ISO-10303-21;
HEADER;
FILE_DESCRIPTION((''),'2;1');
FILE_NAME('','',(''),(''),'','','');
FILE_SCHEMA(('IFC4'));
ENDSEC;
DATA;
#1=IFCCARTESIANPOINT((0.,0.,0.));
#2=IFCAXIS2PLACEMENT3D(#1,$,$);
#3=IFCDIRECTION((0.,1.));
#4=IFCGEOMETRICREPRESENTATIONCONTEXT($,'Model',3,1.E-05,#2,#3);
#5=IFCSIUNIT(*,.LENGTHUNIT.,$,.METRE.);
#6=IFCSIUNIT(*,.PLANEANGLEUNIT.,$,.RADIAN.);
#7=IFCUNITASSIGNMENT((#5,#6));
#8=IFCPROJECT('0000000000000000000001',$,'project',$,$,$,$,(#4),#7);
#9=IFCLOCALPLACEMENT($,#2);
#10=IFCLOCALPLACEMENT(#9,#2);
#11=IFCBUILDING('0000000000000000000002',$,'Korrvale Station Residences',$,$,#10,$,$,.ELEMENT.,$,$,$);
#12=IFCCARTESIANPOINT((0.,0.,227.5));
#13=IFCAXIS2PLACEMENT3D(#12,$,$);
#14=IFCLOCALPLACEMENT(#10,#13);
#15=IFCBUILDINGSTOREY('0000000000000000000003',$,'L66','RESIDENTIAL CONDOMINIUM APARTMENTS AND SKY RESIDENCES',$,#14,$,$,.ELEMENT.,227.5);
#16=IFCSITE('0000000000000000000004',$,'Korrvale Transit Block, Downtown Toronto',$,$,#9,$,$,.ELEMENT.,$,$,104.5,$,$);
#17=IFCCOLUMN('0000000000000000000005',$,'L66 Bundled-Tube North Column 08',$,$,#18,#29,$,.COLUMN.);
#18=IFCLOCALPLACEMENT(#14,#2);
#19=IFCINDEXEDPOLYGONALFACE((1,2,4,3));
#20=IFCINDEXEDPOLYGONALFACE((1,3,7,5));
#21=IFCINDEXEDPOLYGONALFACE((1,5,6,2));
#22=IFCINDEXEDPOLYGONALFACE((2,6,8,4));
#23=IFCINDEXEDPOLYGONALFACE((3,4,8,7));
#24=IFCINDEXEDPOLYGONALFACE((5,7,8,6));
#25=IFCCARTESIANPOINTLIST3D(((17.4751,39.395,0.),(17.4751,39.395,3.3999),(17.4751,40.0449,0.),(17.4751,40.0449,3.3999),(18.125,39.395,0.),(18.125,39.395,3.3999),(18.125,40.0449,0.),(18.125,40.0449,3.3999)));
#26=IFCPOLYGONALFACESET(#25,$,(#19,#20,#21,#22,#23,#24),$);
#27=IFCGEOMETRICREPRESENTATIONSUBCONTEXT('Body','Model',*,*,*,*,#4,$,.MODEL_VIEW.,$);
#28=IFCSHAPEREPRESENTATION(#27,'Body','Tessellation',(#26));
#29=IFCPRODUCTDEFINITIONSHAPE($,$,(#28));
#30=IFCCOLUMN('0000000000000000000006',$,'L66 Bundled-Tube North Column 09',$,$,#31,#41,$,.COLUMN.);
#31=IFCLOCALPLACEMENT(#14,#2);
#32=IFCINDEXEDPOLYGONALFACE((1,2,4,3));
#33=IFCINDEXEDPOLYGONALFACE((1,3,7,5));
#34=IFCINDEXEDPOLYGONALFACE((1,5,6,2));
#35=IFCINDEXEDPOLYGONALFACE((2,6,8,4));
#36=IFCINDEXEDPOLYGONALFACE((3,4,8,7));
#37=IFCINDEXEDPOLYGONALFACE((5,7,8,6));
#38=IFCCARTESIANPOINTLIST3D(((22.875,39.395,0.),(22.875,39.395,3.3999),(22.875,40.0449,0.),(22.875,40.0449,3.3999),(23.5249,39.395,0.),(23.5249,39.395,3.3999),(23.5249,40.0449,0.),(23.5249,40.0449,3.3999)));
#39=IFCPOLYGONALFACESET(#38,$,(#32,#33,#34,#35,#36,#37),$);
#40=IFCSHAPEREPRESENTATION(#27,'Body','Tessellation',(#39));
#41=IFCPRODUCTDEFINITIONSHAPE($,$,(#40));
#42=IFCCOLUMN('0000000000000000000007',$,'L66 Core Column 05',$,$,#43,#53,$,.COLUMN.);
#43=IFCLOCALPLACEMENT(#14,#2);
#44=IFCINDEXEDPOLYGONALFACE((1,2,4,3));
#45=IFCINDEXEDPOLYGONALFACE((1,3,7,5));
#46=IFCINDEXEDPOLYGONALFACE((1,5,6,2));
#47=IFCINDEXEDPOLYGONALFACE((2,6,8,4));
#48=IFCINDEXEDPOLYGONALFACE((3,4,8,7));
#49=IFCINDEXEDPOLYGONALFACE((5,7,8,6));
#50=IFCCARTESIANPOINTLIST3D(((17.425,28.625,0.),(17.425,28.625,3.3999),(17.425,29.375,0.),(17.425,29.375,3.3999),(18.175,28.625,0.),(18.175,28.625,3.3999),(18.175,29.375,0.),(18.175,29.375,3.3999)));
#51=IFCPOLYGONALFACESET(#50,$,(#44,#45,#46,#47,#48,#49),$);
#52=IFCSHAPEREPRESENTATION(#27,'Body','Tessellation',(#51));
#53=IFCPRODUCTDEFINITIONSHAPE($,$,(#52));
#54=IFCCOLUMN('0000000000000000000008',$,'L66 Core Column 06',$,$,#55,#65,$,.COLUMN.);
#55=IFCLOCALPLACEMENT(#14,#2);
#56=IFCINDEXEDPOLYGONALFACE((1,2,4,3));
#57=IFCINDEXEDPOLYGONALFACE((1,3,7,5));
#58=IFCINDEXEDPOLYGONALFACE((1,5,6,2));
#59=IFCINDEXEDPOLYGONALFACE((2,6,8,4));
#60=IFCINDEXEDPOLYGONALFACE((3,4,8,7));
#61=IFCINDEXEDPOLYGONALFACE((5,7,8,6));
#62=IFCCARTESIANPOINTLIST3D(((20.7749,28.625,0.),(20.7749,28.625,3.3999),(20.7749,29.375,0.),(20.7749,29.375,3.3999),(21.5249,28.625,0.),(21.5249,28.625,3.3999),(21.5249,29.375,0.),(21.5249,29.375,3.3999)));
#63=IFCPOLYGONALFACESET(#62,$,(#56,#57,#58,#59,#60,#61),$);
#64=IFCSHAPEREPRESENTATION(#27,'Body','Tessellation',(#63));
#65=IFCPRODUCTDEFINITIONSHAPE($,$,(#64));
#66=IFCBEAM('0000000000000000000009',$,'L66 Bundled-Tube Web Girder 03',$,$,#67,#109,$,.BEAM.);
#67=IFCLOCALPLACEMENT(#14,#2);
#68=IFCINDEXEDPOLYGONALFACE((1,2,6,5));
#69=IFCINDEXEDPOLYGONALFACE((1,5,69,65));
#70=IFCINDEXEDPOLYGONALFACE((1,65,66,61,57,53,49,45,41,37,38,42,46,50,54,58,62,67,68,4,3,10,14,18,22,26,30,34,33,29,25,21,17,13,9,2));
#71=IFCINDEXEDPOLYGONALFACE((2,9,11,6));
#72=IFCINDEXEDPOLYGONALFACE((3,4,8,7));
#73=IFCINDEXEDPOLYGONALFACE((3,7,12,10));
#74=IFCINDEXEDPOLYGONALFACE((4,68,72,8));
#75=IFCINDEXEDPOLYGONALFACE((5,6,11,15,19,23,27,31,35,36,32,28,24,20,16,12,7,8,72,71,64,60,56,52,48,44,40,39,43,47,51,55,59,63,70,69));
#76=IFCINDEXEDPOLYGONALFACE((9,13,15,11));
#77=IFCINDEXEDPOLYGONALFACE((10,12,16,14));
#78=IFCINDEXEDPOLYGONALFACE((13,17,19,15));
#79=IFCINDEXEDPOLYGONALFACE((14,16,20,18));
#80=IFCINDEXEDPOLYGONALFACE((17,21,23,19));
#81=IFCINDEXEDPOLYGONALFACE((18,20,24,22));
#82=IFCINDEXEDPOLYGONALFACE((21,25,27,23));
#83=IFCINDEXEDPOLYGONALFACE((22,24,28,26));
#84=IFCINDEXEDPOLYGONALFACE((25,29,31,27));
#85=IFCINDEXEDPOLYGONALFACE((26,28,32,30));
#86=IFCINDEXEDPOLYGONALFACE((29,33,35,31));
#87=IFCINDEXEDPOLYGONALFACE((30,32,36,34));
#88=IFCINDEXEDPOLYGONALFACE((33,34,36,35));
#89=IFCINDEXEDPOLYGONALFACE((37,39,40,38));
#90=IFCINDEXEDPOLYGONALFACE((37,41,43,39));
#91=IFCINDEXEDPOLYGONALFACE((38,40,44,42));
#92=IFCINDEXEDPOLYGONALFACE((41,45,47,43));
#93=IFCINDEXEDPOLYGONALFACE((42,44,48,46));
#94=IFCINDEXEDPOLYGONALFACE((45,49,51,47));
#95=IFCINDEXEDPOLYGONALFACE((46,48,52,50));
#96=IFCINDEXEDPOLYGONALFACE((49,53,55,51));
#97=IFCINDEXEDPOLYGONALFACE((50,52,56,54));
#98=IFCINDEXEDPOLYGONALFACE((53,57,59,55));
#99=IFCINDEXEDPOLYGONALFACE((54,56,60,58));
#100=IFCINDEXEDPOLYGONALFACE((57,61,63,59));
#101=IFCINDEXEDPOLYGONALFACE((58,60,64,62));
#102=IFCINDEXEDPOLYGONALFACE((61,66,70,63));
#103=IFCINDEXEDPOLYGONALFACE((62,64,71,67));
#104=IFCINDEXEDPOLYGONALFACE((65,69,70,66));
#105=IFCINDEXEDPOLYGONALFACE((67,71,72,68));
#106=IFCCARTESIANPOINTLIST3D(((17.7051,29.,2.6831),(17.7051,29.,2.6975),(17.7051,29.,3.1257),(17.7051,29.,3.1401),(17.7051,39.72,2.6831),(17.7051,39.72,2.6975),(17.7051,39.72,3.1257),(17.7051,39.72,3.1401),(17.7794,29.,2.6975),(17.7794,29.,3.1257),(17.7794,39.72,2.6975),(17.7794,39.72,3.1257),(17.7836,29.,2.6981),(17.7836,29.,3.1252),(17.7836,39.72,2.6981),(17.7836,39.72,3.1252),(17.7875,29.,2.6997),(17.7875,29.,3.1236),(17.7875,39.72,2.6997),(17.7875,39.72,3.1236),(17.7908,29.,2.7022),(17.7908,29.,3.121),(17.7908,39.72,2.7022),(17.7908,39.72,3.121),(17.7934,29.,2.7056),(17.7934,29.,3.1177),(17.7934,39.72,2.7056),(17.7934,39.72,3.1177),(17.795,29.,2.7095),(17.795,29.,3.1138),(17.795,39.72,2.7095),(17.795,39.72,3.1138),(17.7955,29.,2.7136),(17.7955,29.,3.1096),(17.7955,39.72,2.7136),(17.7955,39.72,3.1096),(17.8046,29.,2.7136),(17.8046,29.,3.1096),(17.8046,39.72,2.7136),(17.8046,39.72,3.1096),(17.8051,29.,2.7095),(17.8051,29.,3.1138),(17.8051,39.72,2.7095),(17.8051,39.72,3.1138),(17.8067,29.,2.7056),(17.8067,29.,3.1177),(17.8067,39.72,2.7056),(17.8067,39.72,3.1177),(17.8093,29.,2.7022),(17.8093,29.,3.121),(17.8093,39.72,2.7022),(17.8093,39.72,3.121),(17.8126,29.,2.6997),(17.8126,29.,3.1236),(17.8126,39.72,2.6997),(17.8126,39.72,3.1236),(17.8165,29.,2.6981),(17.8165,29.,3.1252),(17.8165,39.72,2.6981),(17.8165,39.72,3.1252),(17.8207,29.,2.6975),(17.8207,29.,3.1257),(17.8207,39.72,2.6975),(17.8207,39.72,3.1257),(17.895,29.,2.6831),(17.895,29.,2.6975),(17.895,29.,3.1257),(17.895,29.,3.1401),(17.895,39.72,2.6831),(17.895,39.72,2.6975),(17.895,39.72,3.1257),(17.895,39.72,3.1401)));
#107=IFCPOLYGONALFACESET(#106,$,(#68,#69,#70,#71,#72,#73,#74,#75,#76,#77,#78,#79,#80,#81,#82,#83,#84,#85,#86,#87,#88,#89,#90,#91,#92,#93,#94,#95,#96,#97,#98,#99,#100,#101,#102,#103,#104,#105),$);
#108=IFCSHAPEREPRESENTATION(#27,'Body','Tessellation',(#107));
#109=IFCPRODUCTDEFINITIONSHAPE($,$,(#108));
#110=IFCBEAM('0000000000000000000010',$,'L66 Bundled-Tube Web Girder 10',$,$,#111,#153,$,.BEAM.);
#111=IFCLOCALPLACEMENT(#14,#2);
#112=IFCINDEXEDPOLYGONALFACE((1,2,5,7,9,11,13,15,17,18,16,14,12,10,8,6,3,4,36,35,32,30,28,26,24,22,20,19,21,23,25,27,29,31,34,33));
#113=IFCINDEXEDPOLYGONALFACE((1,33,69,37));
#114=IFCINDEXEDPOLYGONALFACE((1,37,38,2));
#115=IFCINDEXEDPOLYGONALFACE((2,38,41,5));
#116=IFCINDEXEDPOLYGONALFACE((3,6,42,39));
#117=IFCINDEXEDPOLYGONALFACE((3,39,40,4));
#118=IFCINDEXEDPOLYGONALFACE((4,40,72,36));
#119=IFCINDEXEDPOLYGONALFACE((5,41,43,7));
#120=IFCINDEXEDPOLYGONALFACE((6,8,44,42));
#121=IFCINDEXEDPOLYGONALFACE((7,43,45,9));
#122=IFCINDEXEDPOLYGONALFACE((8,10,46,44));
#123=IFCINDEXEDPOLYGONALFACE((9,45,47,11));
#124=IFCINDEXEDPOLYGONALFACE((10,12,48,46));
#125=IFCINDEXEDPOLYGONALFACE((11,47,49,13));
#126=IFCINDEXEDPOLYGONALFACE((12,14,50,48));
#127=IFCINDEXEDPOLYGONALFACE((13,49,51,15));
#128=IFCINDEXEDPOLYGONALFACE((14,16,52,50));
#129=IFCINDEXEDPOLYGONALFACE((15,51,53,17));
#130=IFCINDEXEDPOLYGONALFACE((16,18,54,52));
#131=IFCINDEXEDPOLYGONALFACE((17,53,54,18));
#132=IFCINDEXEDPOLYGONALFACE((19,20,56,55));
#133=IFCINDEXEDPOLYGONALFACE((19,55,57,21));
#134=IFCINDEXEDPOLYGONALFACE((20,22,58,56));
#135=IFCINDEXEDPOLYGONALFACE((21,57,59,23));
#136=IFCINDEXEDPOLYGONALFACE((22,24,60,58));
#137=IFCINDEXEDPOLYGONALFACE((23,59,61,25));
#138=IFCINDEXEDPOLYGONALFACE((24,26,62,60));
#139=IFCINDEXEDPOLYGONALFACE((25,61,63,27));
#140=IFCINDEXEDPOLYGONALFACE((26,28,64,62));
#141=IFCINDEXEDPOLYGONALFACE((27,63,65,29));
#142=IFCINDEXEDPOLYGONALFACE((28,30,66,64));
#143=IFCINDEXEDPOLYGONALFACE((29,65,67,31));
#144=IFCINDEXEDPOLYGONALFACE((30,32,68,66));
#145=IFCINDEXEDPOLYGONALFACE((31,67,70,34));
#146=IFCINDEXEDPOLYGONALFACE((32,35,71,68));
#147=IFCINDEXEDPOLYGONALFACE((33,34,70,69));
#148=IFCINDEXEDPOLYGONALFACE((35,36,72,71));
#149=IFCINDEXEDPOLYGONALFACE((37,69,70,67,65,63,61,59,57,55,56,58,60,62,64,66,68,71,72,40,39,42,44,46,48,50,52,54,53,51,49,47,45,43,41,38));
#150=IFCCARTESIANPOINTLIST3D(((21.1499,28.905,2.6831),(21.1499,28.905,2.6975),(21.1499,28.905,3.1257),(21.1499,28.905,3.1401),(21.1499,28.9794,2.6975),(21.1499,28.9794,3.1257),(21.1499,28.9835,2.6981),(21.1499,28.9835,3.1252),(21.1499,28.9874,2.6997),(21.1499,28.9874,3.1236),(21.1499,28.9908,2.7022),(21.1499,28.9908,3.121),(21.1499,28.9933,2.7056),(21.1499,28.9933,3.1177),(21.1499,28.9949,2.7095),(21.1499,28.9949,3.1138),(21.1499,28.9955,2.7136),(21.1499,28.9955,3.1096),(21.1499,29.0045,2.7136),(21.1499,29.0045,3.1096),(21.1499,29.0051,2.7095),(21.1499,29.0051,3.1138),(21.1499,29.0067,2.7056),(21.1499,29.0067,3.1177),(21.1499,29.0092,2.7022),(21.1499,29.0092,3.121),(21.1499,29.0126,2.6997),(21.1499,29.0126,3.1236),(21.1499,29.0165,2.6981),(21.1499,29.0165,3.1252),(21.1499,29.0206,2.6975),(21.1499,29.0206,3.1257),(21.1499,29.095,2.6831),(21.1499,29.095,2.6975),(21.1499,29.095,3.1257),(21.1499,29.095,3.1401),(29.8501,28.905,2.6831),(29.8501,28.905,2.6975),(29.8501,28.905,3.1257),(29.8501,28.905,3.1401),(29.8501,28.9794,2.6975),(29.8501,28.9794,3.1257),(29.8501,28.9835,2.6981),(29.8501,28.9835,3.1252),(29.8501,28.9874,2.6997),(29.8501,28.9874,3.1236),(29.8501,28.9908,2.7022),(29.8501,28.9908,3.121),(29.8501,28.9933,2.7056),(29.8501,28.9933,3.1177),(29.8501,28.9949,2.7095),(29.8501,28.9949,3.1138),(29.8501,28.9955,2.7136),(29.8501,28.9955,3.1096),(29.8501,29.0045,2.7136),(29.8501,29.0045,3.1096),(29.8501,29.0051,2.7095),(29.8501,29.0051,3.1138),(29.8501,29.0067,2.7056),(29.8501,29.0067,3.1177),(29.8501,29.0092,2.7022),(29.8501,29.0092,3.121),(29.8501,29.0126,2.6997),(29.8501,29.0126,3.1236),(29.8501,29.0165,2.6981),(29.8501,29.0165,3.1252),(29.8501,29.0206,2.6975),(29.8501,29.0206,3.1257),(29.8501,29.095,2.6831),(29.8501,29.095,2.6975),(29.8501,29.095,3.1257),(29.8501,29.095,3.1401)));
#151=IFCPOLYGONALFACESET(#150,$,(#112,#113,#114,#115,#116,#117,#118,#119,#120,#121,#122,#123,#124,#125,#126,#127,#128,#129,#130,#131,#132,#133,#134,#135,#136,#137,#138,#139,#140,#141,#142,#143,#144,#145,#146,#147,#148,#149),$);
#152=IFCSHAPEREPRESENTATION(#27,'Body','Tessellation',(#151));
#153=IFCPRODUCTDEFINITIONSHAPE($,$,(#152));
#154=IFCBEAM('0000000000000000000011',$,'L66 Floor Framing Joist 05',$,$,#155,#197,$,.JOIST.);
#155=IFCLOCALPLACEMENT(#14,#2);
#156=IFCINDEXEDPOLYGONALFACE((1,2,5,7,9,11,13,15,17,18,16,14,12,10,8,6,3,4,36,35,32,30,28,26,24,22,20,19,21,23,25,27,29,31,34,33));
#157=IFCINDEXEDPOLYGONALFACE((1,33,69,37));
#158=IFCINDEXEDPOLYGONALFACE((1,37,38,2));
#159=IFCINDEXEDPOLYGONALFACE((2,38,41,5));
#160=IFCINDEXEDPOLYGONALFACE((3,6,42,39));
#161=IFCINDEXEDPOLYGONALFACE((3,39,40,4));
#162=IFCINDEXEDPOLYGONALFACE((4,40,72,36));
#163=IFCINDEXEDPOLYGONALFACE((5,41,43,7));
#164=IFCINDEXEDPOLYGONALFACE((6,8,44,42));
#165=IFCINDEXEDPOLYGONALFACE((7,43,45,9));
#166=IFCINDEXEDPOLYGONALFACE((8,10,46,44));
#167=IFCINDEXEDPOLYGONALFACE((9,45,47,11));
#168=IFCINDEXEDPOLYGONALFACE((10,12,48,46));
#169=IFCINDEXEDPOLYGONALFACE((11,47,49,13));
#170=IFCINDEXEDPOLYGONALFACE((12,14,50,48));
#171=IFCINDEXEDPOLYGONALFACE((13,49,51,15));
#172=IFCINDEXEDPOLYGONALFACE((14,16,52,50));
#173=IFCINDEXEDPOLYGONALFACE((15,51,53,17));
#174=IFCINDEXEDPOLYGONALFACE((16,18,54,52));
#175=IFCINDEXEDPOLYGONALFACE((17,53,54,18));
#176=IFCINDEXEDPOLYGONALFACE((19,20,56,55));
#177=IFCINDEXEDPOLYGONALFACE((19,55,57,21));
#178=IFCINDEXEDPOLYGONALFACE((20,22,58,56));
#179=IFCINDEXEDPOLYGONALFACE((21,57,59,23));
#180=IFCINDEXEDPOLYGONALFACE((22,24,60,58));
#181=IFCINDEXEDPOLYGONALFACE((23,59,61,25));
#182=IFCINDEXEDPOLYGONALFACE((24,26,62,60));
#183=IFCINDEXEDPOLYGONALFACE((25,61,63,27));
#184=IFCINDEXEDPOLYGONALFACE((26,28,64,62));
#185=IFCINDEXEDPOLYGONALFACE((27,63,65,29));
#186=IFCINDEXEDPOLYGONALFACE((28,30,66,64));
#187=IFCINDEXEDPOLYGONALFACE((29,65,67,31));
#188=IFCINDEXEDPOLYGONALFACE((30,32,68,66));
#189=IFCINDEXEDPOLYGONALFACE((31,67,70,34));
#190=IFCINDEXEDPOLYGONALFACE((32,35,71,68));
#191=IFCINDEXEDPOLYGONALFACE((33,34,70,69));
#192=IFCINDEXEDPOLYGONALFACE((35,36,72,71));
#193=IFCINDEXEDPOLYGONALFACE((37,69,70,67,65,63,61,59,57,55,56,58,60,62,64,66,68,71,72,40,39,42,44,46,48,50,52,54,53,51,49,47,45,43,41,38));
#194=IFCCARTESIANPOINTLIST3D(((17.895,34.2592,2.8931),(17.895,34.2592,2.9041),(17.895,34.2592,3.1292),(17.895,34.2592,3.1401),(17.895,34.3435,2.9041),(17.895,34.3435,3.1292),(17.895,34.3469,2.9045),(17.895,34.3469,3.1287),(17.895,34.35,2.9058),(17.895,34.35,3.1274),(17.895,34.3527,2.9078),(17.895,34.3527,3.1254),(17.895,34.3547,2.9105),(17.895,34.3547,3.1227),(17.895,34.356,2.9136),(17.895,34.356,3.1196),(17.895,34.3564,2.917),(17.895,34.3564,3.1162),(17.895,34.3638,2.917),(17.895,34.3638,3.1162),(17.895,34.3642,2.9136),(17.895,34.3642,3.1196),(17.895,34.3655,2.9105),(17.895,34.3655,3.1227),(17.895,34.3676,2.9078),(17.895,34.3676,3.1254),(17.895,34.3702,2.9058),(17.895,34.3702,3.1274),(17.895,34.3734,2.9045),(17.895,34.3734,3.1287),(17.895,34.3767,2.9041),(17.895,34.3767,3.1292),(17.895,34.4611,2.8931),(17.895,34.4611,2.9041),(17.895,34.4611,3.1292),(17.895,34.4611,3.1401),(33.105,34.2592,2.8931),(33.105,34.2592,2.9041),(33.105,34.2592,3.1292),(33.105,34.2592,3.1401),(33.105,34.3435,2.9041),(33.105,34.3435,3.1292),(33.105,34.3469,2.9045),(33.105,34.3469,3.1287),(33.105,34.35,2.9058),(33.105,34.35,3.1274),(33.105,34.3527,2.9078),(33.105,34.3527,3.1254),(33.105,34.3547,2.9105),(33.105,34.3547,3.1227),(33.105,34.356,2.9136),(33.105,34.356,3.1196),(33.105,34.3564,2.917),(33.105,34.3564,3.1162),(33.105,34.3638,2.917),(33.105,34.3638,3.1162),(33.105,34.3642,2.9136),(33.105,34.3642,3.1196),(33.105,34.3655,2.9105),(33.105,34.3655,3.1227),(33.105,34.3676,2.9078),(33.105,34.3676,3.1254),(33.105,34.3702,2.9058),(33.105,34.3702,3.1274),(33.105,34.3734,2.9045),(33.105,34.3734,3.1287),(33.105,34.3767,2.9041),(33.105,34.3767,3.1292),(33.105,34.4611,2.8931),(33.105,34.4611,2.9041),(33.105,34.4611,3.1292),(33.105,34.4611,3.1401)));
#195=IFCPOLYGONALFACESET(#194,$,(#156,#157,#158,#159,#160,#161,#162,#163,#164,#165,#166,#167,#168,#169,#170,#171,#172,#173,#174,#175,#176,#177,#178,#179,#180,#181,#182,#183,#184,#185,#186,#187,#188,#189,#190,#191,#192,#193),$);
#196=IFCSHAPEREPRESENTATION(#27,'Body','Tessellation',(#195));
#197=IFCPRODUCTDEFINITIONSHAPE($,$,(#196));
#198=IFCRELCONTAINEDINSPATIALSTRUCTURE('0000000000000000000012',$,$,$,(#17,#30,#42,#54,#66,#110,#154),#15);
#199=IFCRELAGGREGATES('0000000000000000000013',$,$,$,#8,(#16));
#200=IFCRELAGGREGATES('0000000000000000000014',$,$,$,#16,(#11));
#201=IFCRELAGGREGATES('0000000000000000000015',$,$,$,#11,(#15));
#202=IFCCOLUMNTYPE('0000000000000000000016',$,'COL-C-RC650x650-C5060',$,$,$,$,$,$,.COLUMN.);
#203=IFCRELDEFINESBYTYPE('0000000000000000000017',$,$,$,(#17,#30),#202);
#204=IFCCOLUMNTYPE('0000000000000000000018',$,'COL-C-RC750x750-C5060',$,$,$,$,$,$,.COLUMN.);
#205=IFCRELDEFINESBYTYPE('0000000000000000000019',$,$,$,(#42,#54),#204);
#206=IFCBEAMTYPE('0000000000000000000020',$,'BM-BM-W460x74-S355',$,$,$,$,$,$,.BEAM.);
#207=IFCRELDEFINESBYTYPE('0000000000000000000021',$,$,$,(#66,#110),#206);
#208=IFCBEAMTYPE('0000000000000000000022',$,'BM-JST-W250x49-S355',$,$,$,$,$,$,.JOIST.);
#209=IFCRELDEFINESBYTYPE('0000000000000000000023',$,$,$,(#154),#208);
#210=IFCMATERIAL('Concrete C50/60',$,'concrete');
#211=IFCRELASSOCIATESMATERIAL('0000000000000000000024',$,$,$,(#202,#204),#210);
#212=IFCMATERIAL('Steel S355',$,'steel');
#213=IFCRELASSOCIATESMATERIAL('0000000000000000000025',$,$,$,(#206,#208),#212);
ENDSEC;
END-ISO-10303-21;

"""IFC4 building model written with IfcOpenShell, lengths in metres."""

from ifc_helpers import new_model, si_unit, direction, frame, origin, origin_2d, place, context, subcontext, project, spatial, rectangle, i_section, extrude, material, material_profile, profile_set, type_object, element, save


model = new_model("IFC4")

# Units and contexts
model_context = context("Model", 3, precision=1e-05, world=origin(), true_north=direction((0.0, 1.0)))
body_context = subcontext(model_context, "Body", "Model", "MODEL_VIEW")
ifc_project = project(units=[si_unit("LENGTHUNIT", "METRE"), si_unit("PLANEANGLEUNIT", "RADIAN")], contexts=[model_context])

# Site, building, storey
site_placement = place(None, origin())
site = spatial("IfcSite", under=ifc_project, at=site_placement, Name="Korrvale Transit Block, Downtown Toronto", CompositionType="ELEMENT", RefElevation=104.5)
building_placement = place(site_placement, origin())
building = spatial("IfcBuilding", under=site, at=building_placement, Name="Korrvale Station Residences", CompositionType="ELEMENT")
storey_placement = place(building_placement, frame((0.0, 0.0, 227.5)))
storey = spatial("IfcBuildingStorey", under=building, at=storey_placement, Name="L66", Description="RESIDENTIAL CONDOMINIUM APARTMENTS AND SKY RESIDENCES", CompositionType="ELEMENT", Elevation=227.5)

# Columns
ifc_material_1 = material(Name="Concrete C50/60", Category="concrete")
ifc_material_profile_1 = material_profile(ifc_material_1, rectangle(XDim=0.6499, YDim=0.6499, at=origin_2d()), Name="RC650x650")
ifc_profile_set_1 = profile_set([ifc_material_profile_1], Name="Concrete C50/60")
column_type_1 = type_object("IfcColumnType", Name="COL-C-RC650x650-C5060", PredefinedType="COLUMN", material=ifc_profile_set_1)
for number, where, z_axis, x_axis, name in (
    (1, (17.8, 39.72, 0.0), (0.0, 0.0, 1.0), (1.0, 0.0, 0.0), "L66 Bundled-Tube North Column 08"),
    (2, (23.2, 39.72, 0.0), (0.0, 0.0, 1.0), (1.0, 0.0, 0.0), "L66 Bundled-Tube North Column 09"),
):
    element("IfcColumn", number, at=place(storey_placement, frame(where, z_axis=z_axis, x_axis=x_axis)), inside=storey, type_object=column_type_1, Name=name, PredefinedType="COLUMN", context=body_context, shape_type="SweptSolid", body=[
        extrude(rectangle(XDim=0.6499, YDim=0.6499, at=origin_2d()), origin(), (0.0, 0.0, 1.0), 3.3999),
    ])
ifc_material_profile_2 = material_profile(ifc_material_1, rectangle(XDim=0.75, YDim=0.75, at=origin_2d()), Name="RC750x750")
ifc_profile_set_2 = profile_set([ifc_material_profile_2], Name="Concrete C50/60")
column_type_2 = type_object("IfcColumnType", Name="COL-C-RC750x750-C5060", PredefinedType="COLUMN", material=ifc_profile_set_2)
for number, where, z_axis, x_axis, name in (
    (3, (17.8, 29.0, 0.0), (0.0, 0.0, 1.0), (1.0, 0.0, 0.0), "L66 Core Column 05"),
    (4, (21.1499, 29.0, 0.0), (0.0, 0.0, 1.0), (1.0, 0.0, 0.0), "L66 Core Column 06"),
):
    element("IfcColumn", number, at=place(storey_placement, frame(where, z_axis=z_axis, x_axis=x_axis)), inside=storey, type_object=column_type_2, Name=name, PredefinedType="COLUMN", context=body_context, shape_type="SweptSolid", body=[
        extrude(rectangle(XDim=0.75, YDim=0.75, at=origin_2d()), origin(), (0.0, 0.0, 1.0), 3.3999),
    ])

# Beams
ifc_material_2 = material(Name="Steel S355", Category="steel")
ifc_material_profile_3 = material_profile(ifc_material_2, i_section(OverallWidth=0.1899, OverallDepth=0.457, WebThickness=0.009, FlangeThickness=0.0144, FilletRadius=0.0161, at=origin_2d()), Name="W460x74")
ifc_profile_set_3 = profile_set([ifc_material_profile_3], Name="Steel S355")
beam_type_1 = type_object("IfcBeamType", Name="BM-BM-W460x74-S355", PredefinedType="BEAM", material=ifc_profile_set_3)
beam_1_placement = place(storey_placement, frame((17.8, 29.0, 2.9116), z_axis=(0.0, 1.0, 0.0), x_axis=(-1.0, 0.0, 0.0)))
element("IfcBeam", 5, at=beam_1_placement, inside=storey, type_object=beam_type_1, Name="L66 Bundled-Tube Web Girder 03", PredefinedType="BEAM", context=body_context, shape_type="SweptSolid", body=[
    extrude(i_section(OverallWidth=0.1899, OverallDepth=0.457, WebThickness=0.009, FlangeThickness=0.0144, FilletRadius=0.0161, at=origin_2d()), origin(), (0.0, 0.0, 1.0), 10.72),
])
beam_2_placement = place(storey_placement, frame((21.1499, 29.0, 2.9116), z_axis=(1.0, 0.0, 0.0), x_axis=(0.0, 1.0, 0.0)))
element("IfcBeam", 6, at=beam_2_placement, inside=storey, type_object=beam_type_1, Name="L66 Bundled-Tube Web Girder 10", PredefinedType="BEAM", context=body_context, shape_type="SweptSolid", body=[
    extrude(i_section(OverallWidth=0.1899, OverallDepth=0.457, WebThickness=0.009, FlangeThickness=0.0144, FilletRadius=0.0161, at=origin_2d()), origin(), (0.0, 0.0, 1.0), 8.7002),
])
ifc_material_profile_4 = material_profile(ifc_material_2, i_section(OverallWidth=0.2019, OverallDepth=0.2471, WebThickness=0.0073, FlangeThickness=0.011, FilletRadius=0.0129, at=origin_2d()), Name="W250x49")
ifc_profile_set_4 = profile_set([ifc_material_profile_4], Name="Steel S355")
beam_type_2 = type_object("IfcBeamType", Name="BM-JST-W250x49-S355", PredefinedType="JOIST", material=ifc_profile_set_4)
beam_3_placement = place(storey_placement, frame((17.895, 34.3601, 3.0166), z_axis=(1.0, 0.0, 0.0), x_axis=(0.0, 1.0, 0.0)))
element("IfcBeam", 7, at=beam_3_placement, inside=storey, type_object=beam_type_2, Name="L66 Floor Framing Joist 05", PredefinedType="JOIST", context=body_context, shape_type="SweptSolid", body=[
    extrude(i_section(OverallWidth=0.2019, OverallDepth=0.2471, WebThickness=0.0073, FlangeThickness=0.011, FilletRadius=0.0129, at=origin_2d()), origin(), (0.0, 0.0, 1.0), 15.21),
])

save(model, "model.ifc")
